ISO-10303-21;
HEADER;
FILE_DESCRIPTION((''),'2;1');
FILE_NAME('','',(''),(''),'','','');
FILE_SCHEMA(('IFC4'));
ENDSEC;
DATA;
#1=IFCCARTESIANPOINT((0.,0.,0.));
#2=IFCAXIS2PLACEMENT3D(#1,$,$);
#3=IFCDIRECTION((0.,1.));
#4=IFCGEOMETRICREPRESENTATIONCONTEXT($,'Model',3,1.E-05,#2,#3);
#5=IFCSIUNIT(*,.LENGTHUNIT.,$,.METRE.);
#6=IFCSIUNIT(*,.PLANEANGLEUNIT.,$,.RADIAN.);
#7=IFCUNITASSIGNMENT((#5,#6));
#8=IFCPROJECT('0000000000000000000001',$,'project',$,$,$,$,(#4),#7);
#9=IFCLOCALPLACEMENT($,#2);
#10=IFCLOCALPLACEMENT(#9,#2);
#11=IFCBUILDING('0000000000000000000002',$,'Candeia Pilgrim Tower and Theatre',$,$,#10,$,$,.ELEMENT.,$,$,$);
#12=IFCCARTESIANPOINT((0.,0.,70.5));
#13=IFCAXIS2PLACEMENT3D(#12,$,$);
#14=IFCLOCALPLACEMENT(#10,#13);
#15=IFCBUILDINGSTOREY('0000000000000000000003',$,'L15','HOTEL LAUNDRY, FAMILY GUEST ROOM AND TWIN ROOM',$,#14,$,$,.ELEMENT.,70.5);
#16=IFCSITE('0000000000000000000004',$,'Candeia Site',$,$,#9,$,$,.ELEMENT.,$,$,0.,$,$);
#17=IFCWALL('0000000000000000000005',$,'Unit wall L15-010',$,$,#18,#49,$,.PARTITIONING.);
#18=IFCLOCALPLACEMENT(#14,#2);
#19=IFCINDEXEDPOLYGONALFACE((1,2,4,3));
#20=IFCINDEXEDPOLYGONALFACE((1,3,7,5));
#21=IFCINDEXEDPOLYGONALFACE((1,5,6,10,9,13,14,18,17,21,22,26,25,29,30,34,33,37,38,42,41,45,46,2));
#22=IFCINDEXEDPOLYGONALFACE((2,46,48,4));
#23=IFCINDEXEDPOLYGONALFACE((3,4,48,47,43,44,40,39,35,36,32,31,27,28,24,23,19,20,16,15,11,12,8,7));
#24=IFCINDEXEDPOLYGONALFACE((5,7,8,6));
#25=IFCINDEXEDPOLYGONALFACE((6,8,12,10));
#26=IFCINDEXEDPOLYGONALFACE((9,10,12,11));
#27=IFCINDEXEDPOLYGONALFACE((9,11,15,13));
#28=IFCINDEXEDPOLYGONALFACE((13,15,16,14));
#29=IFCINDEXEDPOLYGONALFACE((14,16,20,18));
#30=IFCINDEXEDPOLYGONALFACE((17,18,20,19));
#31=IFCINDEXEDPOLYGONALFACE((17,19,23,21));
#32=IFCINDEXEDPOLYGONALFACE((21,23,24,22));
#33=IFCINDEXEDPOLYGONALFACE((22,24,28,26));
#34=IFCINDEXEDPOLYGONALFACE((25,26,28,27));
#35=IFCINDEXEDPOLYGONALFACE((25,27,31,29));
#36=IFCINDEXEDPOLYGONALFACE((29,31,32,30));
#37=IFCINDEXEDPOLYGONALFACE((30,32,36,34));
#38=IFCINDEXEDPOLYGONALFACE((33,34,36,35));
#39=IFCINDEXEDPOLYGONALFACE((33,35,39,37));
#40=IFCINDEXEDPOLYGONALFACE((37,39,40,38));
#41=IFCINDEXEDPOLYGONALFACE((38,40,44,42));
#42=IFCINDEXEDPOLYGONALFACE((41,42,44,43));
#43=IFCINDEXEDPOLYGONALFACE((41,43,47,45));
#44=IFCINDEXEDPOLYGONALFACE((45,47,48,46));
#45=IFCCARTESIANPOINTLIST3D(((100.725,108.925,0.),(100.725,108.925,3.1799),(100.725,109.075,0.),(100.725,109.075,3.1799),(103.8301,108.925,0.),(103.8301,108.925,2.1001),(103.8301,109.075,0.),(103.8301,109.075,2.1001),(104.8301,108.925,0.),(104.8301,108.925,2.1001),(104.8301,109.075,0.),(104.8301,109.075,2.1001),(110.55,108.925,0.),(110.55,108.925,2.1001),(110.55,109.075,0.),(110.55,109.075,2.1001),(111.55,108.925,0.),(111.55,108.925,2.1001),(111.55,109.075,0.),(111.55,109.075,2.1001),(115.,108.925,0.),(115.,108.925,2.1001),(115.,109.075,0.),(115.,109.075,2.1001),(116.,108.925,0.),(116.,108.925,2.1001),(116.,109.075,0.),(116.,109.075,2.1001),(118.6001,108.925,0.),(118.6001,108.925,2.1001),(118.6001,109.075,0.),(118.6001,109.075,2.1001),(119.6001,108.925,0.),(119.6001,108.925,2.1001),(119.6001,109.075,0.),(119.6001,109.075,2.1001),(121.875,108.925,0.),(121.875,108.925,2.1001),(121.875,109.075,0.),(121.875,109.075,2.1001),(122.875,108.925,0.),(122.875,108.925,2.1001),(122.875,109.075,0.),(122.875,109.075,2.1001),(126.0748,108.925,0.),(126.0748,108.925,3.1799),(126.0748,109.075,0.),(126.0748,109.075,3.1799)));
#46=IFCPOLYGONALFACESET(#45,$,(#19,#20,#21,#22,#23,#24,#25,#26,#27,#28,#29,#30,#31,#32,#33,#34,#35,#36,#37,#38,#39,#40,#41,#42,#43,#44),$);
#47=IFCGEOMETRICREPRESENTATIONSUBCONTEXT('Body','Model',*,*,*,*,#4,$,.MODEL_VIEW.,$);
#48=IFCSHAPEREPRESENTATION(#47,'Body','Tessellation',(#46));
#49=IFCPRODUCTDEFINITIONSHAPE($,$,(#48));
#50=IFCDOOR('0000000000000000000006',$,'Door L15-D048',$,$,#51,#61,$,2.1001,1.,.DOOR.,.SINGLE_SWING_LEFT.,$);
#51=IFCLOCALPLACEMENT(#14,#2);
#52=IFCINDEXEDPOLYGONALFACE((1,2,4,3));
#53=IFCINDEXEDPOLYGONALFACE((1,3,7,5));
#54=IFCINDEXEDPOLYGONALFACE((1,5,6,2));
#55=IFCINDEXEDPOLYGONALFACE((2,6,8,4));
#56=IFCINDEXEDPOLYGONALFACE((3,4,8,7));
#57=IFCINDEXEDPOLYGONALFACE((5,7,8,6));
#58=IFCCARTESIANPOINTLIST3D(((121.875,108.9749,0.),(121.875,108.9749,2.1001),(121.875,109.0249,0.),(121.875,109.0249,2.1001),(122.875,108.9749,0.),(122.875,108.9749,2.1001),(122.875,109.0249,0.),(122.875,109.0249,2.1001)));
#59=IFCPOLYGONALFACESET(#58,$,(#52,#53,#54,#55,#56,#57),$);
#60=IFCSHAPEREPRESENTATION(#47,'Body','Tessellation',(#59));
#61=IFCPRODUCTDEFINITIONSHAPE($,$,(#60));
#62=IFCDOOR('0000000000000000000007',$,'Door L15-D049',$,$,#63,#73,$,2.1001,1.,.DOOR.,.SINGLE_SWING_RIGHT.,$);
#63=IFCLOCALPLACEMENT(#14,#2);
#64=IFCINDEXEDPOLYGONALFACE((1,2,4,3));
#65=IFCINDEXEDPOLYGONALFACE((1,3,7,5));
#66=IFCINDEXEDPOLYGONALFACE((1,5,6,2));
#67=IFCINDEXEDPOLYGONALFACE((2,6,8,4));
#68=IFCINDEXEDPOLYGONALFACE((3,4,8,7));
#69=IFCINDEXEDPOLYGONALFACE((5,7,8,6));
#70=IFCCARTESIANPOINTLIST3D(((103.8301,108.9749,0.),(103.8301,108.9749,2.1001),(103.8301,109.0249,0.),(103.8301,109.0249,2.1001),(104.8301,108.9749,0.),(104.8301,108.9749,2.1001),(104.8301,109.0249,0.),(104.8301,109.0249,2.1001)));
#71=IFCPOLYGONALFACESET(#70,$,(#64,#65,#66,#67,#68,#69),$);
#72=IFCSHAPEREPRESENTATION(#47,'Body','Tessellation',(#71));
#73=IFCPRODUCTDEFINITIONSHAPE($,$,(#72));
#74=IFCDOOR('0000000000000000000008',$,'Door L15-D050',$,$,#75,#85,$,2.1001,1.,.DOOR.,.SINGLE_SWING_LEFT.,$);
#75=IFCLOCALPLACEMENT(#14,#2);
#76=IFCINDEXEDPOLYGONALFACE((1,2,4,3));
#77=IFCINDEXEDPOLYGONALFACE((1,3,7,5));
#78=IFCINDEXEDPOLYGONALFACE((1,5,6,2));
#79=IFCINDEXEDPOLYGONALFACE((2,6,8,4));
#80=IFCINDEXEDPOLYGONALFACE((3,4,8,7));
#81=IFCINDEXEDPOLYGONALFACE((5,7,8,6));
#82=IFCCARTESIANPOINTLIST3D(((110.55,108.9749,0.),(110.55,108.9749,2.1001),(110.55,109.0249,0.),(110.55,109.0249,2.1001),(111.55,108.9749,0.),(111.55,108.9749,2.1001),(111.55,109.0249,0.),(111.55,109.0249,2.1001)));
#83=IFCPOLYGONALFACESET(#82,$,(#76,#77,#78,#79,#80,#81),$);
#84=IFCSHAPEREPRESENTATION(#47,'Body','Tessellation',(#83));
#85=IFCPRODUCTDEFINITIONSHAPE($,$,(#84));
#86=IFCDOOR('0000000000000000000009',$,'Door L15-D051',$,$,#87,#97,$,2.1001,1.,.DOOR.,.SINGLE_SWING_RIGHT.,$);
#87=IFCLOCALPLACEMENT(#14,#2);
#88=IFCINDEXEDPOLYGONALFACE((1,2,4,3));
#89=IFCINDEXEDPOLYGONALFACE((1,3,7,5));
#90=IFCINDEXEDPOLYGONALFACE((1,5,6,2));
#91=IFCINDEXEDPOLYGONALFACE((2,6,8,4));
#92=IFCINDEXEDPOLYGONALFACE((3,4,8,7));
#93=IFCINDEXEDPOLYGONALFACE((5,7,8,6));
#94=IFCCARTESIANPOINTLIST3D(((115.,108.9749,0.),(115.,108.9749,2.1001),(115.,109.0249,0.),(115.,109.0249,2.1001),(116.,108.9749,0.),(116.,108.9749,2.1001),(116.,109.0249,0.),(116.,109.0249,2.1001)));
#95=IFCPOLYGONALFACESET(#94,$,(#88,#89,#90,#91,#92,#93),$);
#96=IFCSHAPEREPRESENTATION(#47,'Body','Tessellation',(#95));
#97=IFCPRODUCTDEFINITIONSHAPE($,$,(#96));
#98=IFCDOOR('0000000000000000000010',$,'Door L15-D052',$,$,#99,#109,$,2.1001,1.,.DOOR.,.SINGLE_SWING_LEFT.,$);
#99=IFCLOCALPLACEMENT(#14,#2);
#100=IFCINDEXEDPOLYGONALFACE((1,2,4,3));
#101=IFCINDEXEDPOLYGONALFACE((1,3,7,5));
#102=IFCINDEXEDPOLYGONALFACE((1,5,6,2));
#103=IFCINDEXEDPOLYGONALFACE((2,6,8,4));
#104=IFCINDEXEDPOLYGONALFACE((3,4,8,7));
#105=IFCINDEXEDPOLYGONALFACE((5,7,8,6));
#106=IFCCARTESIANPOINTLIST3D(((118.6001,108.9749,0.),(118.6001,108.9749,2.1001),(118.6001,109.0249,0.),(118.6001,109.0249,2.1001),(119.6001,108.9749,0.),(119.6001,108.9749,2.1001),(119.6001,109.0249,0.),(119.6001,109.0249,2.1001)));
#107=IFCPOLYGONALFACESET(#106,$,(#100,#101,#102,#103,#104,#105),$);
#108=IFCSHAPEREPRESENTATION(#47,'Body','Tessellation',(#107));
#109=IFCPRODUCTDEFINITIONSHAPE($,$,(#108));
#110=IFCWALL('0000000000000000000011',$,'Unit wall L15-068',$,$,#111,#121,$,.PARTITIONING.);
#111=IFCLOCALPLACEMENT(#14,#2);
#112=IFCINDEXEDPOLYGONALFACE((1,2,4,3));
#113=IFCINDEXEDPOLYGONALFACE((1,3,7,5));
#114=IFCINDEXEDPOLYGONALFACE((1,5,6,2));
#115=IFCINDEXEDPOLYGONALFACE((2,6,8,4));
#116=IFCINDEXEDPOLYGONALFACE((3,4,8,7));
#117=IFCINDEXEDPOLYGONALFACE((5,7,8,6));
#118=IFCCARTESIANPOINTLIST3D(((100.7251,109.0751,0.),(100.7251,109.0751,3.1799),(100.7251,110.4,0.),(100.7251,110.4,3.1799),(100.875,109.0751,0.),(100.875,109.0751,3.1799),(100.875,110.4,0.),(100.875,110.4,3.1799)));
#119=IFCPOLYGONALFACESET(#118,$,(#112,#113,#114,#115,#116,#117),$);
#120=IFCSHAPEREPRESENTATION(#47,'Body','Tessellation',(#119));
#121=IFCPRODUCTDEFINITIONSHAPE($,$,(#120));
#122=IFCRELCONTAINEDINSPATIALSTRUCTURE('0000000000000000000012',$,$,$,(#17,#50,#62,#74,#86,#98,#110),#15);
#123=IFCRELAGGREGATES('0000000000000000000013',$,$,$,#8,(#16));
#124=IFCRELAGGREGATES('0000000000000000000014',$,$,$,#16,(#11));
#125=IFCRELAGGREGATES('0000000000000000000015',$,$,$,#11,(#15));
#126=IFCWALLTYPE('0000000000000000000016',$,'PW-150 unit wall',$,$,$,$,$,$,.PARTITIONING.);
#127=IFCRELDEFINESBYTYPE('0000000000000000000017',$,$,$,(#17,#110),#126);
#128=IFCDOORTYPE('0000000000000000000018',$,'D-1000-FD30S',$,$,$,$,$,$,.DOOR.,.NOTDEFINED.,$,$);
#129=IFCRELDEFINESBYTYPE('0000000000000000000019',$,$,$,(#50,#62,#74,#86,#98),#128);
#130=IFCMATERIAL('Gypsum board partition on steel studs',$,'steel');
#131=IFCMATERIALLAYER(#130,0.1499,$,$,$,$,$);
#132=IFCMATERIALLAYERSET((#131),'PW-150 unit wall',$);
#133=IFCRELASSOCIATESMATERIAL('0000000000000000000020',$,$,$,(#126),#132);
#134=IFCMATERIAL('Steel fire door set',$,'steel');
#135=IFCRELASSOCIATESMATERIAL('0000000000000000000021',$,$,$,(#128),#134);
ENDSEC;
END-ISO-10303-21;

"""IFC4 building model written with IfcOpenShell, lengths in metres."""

from ifc_helpers import new_model, si_unit, direction, frame, frame_2d, origin, place, context, subcontext, project, spatial, rectangle, extrude, material, layer, layer_set, type_object, element, fill, save


model = new_model("IFC4")

# Units and contexts
model_context = context("Model", 3, precision=1e-05, world=origin(), true_north=direction((0.0, 1.0)))
body_context = subcontext(model_context, "Body", "Model", "MODEL_VIEW")
ifc_project = project(units=[si_unit("LENGTHUNIT", "METRE"), si_unit("PLANEANGLEUNIT", "RADIAN")], contexts=[model_context])

# Site, building, storey
site_placement = place(None, origin())
site = spatial("IfcSite", under=ifc_project, at=site_placement, Name="Candeia Site", CompositionType="ELEMENT", RefElevation=0.0)
building_placement = place(site_placement, origin())
building = spatial("IfcBuilding", under=site, at=building_placement, Name="Candeia Pilgrim Tower and Theatre", CompositionType="ELEMENT")
storey_placement = place(building_placement, frame((0.0, 0.0, 70.5)))
storey = spatial("IfcBuildingStorey", under=building, at=storey_placement, Name="L15", Description="HOTEL LAUNDRY, FAMILY GUEST ROOM AND TWIN ROOM", CompositionType="ELEMENT", Elevation=70.5)

# Shared definitions
ifc_material_1 = material(Name="Steel fire door set", Category="steel")

# Shared definitions
ifc_material_2 = material(Name="Gypsum board partition on steel studs", Category="steel")

# Wall, openings, doors
ifc_layer_1 = layer(ifc_material_2, 0.1499)
ifc_layer_set_1 = layer_set([ifc_layer_1], Name="PW-150 unit wall")
wall_type_1 = type_object("IfcWallType", Name="PW-150 unit wall", PredefinedType="PARTITIONING", material=ifc_layer_set_1)
wall_1_placement = place(storey_placement, frame((100.7251, 109.0, 0.0), z_axis=(0.0, 0.0, 1.0), x_axis=(1.0, 0.0, 0.0)))
wall_1 = element("IfcWall", 1, at=wall_1_placement, inside=storey, type_object=wall_type_1, Name="Unit wall L15-010", PredefinedType="PARTITIONING", context=body_context, shape_type="SweptSolid", body=[
    extrude(rectangle(XDim=25.3499, YDim=0.1499, at=frame_2d((12.6748, 0.0))), origin(), (0.0, 0.0, 1.0), 3.1799),
])
opening_1_placement = place(wall_1_placement, frame((21.1499, 0.0, 0.0)))
opening_1 = element("IfcOpeningElement", 2, at=opening_1_placement, cuts=wall_1, PredefinedType="OPENING", context=body_context, shape_type="SweptSolid", body=[
    extrude(rectangle(XDim=1.0, YDim=2.1001, at=frame_2d((0.5, 1.05))), frame((0.0, 0.085, 0.0), z_axis=(0.0, -1.0, 0.0), x_axis=(1.0, 0.0, 0.0)), (0.0, 0.0, 1.0), 0.1699),
])
opening_2_placement = place(wall_1_placement, frame((3.105, 0.0, 0.0)))
opening_2 = element("IfcOpeningElement", 3, at=opening_2_placement, cuts=wall_1, PredefinedType="OPENING", context=body_context, shape_type="SweptSolid", body=[
    extrude(rectangle(XDim=1.0, YDim=2.1001, at=frame_2d((0.5, 1.05))), frame((0.0, 0.085, 0.0), z_axis=(0.0, -1.0, 0.0), x_axis=(1.0, 0.0, 0.0)), (0.0, 0.0, 1.0), 0.1699),
])
opening_3_placement = place(wall_1_placement, frame((9.825, 0.0, 0.0)))
opening_3 = element("IfcOpeningElement", 4, at=opening_3_placement, cuts=wall_1, PredefinedType="OPENING", context=body_context, shape_type="SweptSolid", body=[
    extrude(rectangle(XDim=1.0, YDim=2.1001, at=frame_2d((0.5, 1.05))), frame((0.0, 0.085, 0.0), z_axis=(0.0, -1.0, 0.0), x_axis=(1.0, 0.0, 0.0)), (0.0, 0.0, 1.0), 0.1699),
])
opening_4_placement = place(wall_1_placement, frame((14.2749, 0.0, 0.0)))
opening_4 = element("IfcOpeningElement", 5, at=opening_4_placement, cuts=wall_1, PredefinedType="OPENING", context=body_context, shape_type="SweptSolid", body=[
    extrude(rectangle(XDim=1.0, YDim=2.1001, at=frame_2d((0.5, 1.05))), frame((0.0, 0.085, 0.0), z_axis=(0.0, -1.0, 0.0), x_axis=(1.0, 0.0, 0.0)), (0.0, 0.0, 1.0), 0.1699),
])
opening_5_placement = place(wall_1_placement, frame((17.875, 0.0, 0.0)))
opening_5 = element("IfcOpeningElement", 6, at=opening_5_placement, cuts=wall_1, PredefinedType="OPENING", context=body_context, shape_type="SweptSolid", body=[
    extrude(rectangle(XDim=1.0, YDim=2.1001, at=frame_2d((0.5, 1.05))), frame((0.0, 0.085, 0.0), z_axis=(0.0, -1.0, 0.0), x_axis=(1.0, 0.0, 0.0)), (0.0, 0.0, 1.0), 0.1699),
])
door_type_1 = type_object("IfcDoorType", Name="D-1000-FD30S", OperationType="NOTDEFINED", PredefinedType="DOOR", material=ifc_material_1)
door_1_placement = place(opening_1_placement, origin())
door_1 = element("IfcDoor", 7, at=door_1_placement, inside=storey, type_object=door_type_1, Name="Door L15-D048", OperationType="SINGLE_SWING_LEFT", OverallHeight=2.1001, OverallWidth=1.0, PredefinedType="DOOR", context=body_context, shape_type="SweptSolid", body=[
    extrude(rectangle(XDim=1.0, YDim=2.1001, at=frame_2d((0.5, 1.05))), frame((0.0, 0.0249, 0.0), z_axis=(0.0, -1.0, 0.0), x_axis=(1.0, 0.0, 0.0)), (0.0, 0.0, 1.0), 0.05),
])
fill(opening_1, door_1)
door_2_placement = place(opening_2_placement, origin())
door_2 = element("IfcDoor", 8, at=door_2_placement, inside=storey, type_object=door_type_1, Name="Door L15-D049", OperationType="SINGLE_SWING_RIGHT", OverallHeight=2.1001, OverallWidth=1.0, PredefinedType="DOOR", context=body_context, shape_type="SweptSolid", body=[
    extrude(rectangle(XDim=1.0, YDim=2.1001, at=frame_2d((0.5, 1.05))), frame((0.0, 0.0249, 0.0), z_axis=(0.0, -1.0, 0.0), x_axis=(1.0, 0.0, 0.0)), (0.0, 0.0, 1.0), 0.05),
])
fill(opening_2, door_2)
door_3_placement = place(opening_3_placement, origin())
door_3 = element("IfcDoor", 9, at=door_3_placement, inside=storey, type_object=door_type_1, Name="Door L15-D050", OperationType="SINGLE_SWING_LEFT", OverallHeight=2.1001, OverallWidth=1.0, PredefinedType="DOOR", context=body_context, shape_type="SweptSolid", body=[
    extrude(rectangle(XDim=1.0, YDim=2.1001, at=frame_2d((0.5, 1.05))), frame((0.0, 0.0249, 0.0), z_axis=(0.0, -1.0, 0.0), x_axis=(1.0, 0.0, 0.0)), (0.0, 0.0, 1.0), 0.05),
])
fill(opening_3, door_3)
door_4_placement = place(opening_4_placement, origin())
door_4 = element("IfcDoor", 10, at=door_4_placement, inside=storey, type_object=door_type_1, Name="Door L15-D051", OperationType="SINGLE_SWING_RIGHT", OverallHeight=2.1001, OverallWidth=1.0, PredefinedType="DOOR", context=body_context, shape_type="SweptSolid", body=[
    extrude(rectangle(XDim=1.0, YDim=2.1001, at=frame_2d((0.5, 1.05))), frame((0.0, 0.0249, 0.0), z_axis=(0.0, -1.0, 0.0), x_axis=(1.0, 0.0, 0.0)), (0.0, 0.0, 1.0), 0.05),
])
fill(opening_4, door_4)
door_5_placement = place(opening_5_placement, origin())
door_5 = element("IfcDoor", 11, at=door_5_placement, inside=storey, type_object=door_type_1, Name="Door L15-D052", OperationType="SINGLE_SWING_LEFT", OverallHeight=2.1001, OverallWidth=1.0, PredefinedType="DOOR", context=body_context, shape_type="SweptSolid", body=[
    extrude(rectangle(XDim=1.0, YDim=2.1001, at=frame_2d((0.5, 1.05))), frame((0.0, 0.0249, 0.0), z_axis=(0.0, -1.0, 0.0), x_axis=(1.0, 0.0, 0.0)), (0.0, 0.0, 1.0), 0.05),
])
fill(opening_5, door_5)

# Wall
wall_2_placement = place(storey_placement, frame((100.8, 109.075, 0.0), z_axis=(0.0, 0.0, 1.0), x_axis=(0.0, 1.0, 0.0)))
element("IfcWall", 12, at=wall_2_placement, inside=storey, type_object=wall_type_1, Name="Unit wall L15-068", PredefinedType="PARTITIONING", context=body_context, shape_type="SweptSolid", body=[
    extrude(rectangle(XDim=1.325, YDim=0.1499, at=frame_2d((0.6626, 0.0))), origin(), (0.0, 0.0, 1.0), 3.1799),
])

save(model, "model.ifc")
